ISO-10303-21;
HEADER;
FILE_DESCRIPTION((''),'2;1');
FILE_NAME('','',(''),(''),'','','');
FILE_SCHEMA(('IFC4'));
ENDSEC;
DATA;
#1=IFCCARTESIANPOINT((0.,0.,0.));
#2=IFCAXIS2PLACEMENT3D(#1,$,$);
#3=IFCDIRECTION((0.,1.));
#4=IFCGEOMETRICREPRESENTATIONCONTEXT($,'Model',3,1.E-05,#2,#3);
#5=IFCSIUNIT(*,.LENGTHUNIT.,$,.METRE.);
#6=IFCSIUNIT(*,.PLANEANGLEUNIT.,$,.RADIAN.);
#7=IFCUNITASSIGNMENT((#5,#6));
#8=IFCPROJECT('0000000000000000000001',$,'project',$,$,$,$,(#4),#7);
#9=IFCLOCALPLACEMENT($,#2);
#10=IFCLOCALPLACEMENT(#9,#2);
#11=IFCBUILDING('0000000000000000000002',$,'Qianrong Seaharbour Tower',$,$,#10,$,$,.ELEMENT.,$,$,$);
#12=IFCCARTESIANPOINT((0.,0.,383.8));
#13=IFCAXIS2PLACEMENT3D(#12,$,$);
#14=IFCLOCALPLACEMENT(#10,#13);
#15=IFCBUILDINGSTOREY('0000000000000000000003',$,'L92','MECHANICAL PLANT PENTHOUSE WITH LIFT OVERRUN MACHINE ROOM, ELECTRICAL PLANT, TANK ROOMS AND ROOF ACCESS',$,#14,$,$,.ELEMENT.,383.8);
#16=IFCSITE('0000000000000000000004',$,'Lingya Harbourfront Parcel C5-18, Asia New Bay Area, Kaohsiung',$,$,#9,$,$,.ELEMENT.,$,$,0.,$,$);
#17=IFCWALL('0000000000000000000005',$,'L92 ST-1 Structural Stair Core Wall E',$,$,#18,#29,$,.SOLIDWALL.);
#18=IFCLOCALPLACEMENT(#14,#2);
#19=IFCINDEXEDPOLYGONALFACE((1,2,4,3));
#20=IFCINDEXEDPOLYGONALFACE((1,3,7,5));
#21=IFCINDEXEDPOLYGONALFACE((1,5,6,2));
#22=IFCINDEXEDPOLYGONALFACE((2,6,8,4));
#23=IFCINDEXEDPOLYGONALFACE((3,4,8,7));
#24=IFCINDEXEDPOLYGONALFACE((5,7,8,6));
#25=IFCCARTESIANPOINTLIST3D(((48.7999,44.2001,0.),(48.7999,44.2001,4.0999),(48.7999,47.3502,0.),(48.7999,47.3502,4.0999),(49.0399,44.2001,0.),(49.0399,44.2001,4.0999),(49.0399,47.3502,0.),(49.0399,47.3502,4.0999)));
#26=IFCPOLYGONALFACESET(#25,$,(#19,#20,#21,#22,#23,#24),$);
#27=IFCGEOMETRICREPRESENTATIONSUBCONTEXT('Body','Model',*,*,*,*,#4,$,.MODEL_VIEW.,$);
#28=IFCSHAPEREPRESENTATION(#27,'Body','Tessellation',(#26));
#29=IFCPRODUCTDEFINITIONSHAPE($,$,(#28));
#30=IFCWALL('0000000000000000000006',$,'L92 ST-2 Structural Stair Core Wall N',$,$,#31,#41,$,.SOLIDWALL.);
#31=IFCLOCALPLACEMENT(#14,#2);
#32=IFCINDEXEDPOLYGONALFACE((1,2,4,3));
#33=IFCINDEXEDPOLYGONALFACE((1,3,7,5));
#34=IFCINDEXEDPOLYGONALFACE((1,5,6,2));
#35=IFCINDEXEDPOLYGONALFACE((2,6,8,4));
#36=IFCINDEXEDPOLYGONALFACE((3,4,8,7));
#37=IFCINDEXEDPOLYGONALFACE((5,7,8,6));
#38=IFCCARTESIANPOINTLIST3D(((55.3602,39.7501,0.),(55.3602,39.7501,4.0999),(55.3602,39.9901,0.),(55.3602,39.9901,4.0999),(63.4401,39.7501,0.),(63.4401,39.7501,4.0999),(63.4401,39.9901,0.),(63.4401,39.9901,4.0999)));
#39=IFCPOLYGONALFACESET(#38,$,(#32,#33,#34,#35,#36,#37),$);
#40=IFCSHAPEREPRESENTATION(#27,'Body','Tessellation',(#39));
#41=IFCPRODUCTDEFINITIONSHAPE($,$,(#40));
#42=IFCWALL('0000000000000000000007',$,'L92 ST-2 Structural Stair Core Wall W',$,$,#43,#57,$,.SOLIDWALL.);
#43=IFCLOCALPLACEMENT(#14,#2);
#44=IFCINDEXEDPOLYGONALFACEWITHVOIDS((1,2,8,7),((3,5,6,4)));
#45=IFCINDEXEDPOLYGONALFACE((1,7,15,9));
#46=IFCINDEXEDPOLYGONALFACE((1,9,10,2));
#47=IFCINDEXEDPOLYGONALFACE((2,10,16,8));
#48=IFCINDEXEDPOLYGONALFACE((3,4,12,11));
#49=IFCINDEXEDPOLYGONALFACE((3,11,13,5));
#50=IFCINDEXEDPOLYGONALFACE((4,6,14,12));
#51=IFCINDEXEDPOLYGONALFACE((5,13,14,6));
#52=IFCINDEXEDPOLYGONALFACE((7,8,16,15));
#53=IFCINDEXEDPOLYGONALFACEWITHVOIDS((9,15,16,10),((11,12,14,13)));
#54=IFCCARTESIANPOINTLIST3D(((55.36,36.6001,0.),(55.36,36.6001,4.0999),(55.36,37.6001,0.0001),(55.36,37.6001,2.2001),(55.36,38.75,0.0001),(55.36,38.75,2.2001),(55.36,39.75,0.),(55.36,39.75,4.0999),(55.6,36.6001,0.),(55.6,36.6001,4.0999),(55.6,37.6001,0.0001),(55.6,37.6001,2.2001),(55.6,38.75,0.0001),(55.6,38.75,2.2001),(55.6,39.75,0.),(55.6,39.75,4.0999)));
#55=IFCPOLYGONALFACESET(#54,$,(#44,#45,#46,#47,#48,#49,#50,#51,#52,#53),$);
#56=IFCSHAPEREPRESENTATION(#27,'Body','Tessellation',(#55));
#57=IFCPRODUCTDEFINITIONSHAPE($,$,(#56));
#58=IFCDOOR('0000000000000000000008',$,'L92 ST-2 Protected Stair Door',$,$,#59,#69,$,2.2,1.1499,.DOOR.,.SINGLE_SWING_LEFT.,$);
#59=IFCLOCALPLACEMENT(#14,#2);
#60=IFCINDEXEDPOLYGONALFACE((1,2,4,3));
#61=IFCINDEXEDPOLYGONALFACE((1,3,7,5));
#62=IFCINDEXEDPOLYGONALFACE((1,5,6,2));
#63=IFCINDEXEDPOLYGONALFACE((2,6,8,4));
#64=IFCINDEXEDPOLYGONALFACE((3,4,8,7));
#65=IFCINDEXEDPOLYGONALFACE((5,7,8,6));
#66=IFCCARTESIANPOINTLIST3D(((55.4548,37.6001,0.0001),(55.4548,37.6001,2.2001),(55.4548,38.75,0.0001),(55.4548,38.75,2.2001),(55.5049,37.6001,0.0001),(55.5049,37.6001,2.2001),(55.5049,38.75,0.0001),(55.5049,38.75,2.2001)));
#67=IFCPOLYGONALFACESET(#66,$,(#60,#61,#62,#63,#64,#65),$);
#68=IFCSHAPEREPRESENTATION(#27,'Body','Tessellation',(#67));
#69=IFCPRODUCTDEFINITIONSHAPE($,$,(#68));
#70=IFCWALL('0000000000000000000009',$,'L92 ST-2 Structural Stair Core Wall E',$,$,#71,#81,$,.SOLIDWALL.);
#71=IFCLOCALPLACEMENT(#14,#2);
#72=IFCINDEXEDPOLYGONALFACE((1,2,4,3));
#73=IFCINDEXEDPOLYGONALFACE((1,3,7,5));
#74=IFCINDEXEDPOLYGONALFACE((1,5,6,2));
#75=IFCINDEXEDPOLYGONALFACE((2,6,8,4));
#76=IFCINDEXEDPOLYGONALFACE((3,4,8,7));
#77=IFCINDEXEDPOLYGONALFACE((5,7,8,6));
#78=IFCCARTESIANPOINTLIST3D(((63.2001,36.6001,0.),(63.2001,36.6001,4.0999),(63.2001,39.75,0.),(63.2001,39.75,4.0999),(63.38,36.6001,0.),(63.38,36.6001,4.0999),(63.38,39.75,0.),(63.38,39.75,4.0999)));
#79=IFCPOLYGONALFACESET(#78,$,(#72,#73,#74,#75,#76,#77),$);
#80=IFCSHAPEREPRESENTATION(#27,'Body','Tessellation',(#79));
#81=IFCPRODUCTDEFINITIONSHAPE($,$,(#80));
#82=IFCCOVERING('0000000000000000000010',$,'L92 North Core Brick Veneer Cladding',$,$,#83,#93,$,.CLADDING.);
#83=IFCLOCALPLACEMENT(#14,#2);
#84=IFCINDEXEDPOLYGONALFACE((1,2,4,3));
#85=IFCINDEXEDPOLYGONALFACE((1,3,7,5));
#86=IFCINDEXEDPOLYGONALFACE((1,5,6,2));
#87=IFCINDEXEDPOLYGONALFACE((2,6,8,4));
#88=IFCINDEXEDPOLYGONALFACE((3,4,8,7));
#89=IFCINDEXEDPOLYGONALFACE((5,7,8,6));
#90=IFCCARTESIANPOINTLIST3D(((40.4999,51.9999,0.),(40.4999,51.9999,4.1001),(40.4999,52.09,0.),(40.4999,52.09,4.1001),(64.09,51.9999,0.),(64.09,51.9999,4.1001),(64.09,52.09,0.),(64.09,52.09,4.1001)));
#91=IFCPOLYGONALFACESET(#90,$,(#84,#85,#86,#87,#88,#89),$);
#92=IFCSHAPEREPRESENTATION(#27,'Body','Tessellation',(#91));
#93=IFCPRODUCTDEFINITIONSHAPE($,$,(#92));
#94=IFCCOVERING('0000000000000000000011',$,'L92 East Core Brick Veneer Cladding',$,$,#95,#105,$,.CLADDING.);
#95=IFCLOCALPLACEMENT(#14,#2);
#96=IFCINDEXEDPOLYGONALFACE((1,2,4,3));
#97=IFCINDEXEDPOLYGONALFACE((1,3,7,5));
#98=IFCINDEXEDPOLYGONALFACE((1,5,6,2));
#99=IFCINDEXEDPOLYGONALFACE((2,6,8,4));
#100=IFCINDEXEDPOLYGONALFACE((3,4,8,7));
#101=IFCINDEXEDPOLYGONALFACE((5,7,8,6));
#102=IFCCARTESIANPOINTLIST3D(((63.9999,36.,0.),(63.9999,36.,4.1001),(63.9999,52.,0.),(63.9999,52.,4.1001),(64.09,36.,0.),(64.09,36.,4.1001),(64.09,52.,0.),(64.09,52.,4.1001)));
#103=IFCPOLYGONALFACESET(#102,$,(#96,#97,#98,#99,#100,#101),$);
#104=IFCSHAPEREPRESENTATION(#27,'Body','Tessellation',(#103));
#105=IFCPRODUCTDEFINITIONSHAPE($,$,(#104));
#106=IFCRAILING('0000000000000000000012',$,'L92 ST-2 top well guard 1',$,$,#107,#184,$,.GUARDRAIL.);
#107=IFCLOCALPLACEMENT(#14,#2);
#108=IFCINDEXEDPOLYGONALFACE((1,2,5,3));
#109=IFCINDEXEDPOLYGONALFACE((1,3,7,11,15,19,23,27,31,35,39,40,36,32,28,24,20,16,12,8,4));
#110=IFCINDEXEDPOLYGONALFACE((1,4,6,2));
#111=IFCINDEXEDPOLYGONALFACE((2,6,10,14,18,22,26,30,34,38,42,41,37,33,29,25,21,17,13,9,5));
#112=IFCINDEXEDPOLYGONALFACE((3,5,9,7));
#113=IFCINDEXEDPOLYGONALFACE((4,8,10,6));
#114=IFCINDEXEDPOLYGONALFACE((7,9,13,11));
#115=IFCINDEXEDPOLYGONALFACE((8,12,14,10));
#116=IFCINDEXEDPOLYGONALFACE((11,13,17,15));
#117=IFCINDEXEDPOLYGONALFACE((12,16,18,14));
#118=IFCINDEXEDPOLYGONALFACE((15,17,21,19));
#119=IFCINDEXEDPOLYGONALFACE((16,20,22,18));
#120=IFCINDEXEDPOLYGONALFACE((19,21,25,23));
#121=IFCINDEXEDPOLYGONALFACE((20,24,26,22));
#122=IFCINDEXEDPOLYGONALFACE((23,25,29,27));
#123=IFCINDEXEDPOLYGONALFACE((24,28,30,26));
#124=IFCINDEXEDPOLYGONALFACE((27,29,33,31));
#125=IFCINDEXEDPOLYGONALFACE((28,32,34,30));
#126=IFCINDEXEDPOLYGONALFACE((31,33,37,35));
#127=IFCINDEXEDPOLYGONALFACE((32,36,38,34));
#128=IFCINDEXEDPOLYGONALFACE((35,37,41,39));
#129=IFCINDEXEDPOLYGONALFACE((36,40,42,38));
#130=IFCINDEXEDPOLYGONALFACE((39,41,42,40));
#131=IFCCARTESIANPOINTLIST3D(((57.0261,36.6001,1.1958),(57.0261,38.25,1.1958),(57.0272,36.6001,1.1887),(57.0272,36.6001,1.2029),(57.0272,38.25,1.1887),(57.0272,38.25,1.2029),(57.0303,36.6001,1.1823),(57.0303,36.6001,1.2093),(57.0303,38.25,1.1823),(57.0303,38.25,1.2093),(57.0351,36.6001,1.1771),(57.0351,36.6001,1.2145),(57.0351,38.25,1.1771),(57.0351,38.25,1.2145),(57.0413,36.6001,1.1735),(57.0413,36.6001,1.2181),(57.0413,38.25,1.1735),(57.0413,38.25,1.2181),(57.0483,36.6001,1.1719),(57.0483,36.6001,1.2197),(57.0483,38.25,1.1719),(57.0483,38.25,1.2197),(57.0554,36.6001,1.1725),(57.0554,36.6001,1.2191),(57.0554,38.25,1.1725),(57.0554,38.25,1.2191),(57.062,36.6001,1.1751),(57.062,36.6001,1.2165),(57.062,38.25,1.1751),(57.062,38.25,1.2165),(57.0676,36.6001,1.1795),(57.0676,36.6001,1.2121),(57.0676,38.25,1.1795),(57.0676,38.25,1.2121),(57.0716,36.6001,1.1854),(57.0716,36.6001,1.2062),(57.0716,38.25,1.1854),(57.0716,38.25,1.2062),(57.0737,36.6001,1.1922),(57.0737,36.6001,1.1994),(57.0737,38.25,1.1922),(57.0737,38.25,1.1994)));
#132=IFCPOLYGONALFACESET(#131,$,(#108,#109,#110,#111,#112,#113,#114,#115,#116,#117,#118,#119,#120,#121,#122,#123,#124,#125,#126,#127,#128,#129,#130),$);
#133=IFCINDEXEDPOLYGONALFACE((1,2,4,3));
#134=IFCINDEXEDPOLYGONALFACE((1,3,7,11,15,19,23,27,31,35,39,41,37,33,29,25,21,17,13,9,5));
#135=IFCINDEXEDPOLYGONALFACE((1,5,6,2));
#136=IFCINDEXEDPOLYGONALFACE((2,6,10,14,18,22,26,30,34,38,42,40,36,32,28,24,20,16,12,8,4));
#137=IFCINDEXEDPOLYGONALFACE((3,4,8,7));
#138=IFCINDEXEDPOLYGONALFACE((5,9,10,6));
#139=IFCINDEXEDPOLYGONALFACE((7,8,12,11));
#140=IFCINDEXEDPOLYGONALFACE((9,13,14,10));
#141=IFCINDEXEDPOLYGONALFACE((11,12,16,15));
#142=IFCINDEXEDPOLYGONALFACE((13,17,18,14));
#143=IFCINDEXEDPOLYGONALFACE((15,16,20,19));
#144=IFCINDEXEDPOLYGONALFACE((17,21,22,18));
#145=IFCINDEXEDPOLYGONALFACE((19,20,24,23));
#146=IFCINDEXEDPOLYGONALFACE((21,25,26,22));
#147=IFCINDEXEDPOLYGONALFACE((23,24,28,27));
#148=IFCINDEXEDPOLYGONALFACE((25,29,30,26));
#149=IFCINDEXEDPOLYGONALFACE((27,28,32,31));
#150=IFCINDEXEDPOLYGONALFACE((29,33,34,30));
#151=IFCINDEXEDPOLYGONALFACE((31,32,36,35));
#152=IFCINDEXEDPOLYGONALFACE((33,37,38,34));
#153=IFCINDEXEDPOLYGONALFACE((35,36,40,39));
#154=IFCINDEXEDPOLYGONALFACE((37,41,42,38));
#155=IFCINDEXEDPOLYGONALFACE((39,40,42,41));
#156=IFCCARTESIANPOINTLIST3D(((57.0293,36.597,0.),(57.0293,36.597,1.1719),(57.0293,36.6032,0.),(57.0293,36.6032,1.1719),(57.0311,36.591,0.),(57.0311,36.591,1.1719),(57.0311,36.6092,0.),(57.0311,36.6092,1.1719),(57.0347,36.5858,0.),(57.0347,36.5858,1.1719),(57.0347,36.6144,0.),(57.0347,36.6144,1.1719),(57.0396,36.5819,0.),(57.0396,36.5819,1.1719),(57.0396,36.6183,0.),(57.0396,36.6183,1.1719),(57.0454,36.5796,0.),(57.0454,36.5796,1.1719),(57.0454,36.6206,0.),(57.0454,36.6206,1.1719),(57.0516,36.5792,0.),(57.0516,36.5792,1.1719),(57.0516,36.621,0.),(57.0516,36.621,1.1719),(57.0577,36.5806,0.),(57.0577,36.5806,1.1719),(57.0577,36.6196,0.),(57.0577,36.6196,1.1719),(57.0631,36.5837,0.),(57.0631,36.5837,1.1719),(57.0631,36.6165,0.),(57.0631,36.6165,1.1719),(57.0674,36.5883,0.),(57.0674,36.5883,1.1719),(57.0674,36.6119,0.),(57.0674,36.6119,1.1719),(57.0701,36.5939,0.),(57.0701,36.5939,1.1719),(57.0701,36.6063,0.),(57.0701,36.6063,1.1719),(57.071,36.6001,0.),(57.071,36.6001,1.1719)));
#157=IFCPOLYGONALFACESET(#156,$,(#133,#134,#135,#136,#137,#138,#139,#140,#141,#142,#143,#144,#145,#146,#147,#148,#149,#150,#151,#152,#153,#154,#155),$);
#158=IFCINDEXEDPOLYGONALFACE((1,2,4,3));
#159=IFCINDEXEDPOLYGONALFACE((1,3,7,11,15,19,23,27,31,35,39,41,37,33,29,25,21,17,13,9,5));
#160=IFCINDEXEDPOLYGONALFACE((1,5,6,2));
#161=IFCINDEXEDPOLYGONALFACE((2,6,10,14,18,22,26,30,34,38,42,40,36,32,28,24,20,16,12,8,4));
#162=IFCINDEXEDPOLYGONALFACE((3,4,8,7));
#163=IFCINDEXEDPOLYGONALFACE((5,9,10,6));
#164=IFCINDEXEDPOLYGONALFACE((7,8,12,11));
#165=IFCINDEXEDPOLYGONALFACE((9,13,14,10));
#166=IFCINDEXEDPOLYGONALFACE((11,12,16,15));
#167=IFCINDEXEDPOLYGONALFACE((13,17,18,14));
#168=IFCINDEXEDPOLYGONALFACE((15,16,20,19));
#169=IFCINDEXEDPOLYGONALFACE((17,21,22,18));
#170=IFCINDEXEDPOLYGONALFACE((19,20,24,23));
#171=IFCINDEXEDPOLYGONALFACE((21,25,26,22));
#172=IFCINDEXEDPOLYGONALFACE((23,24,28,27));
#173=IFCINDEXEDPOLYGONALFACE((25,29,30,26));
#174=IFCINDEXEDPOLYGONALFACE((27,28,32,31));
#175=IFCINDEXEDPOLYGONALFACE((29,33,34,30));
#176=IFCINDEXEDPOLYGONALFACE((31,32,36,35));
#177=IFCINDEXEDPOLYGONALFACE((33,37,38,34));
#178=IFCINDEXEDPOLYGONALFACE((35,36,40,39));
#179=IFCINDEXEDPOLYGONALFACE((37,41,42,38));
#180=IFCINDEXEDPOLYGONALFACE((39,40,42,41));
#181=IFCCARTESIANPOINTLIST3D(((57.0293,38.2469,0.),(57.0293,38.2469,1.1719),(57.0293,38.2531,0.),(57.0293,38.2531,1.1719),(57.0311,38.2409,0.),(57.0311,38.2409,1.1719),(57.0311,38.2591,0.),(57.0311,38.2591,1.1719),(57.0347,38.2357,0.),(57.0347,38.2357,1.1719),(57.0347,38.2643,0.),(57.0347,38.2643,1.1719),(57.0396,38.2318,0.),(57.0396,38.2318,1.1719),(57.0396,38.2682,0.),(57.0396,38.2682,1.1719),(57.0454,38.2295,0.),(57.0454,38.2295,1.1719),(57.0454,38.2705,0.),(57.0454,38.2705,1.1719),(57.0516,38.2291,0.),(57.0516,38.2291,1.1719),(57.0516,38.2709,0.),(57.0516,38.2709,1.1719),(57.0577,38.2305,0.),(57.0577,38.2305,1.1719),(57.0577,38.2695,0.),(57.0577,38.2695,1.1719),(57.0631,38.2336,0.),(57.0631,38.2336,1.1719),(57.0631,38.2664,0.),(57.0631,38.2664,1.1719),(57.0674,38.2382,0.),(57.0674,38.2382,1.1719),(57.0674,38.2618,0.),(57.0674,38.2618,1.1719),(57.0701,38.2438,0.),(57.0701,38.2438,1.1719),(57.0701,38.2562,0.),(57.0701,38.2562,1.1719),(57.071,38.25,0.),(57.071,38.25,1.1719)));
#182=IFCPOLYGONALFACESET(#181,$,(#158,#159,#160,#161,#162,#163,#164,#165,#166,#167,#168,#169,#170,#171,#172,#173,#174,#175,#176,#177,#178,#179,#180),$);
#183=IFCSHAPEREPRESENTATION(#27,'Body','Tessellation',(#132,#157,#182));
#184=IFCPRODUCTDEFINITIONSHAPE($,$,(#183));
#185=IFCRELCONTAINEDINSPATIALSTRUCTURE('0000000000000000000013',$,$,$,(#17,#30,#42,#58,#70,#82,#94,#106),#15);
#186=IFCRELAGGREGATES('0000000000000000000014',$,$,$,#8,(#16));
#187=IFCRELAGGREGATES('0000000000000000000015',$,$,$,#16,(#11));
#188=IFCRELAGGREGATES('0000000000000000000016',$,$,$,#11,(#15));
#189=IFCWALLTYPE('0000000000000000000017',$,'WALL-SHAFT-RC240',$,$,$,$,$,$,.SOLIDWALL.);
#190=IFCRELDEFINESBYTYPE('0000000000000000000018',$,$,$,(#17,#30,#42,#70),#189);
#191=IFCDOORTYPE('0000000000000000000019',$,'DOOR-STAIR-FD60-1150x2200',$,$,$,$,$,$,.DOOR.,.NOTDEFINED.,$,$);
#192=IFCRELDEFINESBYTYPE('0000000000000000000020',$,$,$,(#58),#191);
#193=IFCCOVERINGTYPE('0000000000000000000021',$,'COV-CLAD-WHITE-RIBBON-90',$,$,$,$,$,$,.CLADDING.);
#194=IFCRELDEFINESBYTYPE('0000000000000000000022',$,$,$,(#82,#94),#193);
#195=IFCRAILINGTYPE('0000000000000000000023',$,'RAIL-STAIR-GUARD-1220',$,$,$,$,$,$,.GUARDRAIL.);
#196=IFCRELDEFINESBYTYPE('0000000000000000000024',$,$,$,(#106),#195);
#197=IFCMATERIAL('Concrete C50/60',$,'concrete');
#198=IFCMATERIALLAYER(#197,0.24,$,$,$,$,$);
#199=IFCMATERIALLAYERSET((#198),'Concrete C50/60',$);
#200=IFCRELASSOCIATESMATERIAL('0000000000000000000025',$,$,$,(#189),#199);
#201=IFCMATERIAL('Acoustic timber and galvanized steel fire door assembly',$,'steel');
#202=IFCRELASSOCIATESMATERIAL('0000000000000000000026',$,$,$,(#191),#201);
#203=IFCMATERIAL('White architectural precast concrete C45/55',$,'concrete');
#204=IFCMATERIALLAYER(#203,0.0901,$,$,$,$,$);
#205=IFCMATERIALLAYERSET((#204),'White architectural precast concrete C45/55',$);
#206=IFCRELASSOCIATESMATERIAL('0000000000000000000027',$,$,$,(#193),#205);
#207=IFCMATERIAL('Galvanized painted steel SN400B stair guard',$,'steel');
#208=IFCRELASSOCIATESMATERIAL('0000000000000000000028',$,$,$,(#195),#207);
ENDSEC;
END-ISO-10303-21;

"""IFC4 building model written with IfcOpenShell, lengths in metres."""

from ifc_helpers import new_model, si_unit, direction, frame, frame_2d, origin, origin_2d, place, context, subcontext, project, spatial, rectangle, circle, extrude, material, layer, layer_set, type_object, element, fill, save


model = new_model("IFC4")

# Units and contexts
model_context = context("Model", 3, precision=1e-05, world=origin(), true_north=direction((0.0, 1.0)))
body_context = subcontext(model_context, "Body", "Model", "MODEL_VIEW")
ifc_project = project(units=[si_unit("LENGTHUNIT", "METRE"), si_unit("PLANEANGLEUNIT", "RADIAN")], contexts=[model_context])

# Site, building, storey
site_placement = place(None, origin())
site = spatial("IfcSite", under=ifc_project, at=site_placement, Name="Lingya Harbourfront Parcel C5-18, Asia New Bay Area, Kaohsiung", CompositionType="ELEMENT", RefElevation=0.0)
building_placement = place(site_placement, origin())
building = spatial("IfcBuilding", under=site, at=building_placement, Name="Qianrong Seaharbour Tower", CompositionType="ELEMENT")
storey_placement = place(building_placement, frame((0.0, 0.0, 383.8)))
storey = spatial("IfcBuildingStorey", under=building, at=storey_placement, Name="L92", Description="MECHANICAL PLANT PENTHOUSE WITH LIFT OVERRUN MACHINE ROOM, ELECTRICAL PLANT, TANK ROOMS AND ROOF ACCESS", CompositionType="ELEMENT", Elevation=383.8)

# Shared definitions
ifc_material_1 = material(Name="Concrete C50/60", Category="concrete")

# Shared definitions
ifc_material_2 = material(Name="Acoustic timber and galvanized steel fire door assembly", Category="steel")

# Walls
ifc_layer_1 = layer(ifc_material_1, 0.24)
ifc_layer_set_1 = layer_set([ifc_layer_1], Name="Concrete C50/60")
wall_type_1 = type_object("IfcWallType", Name="WALL-SHAFT-RC240", PredefinedType="SOLIDWALL", material=ifc_layer_set_1)
wall_1_placement = place(storey_placement, frame((48.9199, 44.2, 0.0), z_axis=(0.0, 0.0, 1.0), x_axis=(0.0, 1.0, 0.0)))
element("IfcWall", 1, at=wall_1_placement, inside=storey, type_object=wall_type_1, Name="L92 ST-1 Structural Stair Core Wall E", PredefinedType="SOLIDWALL", context=body_context, shape_type="SweptSolid", body=[
    extrude(rectangle(XDim=3.1501, YDim=0.24, at=frame_2d((1.5752, 0.0))), origin(), (0.0, 0.0, 1.0), 4.0999),
])
wall_2_placement = place(storey_placement, frame((55.3601, 39.8701, 0.0), z_axis=(0.0, 0.0, 1.0), x_axis=(1.0, 0.0, 0.0)))
element("IfcWall", 2, at=wall_2_placement, inside=storey, type_object=wall_type_1, Name="L92 ST-2 Structural Stair Core Wall N", PredefinedType="SOLIDWALL", context=body_context, shape_type="SweptSolid", body=[
    extrude(rectangle(XDim=8.0798, YDim=0.24, at=frame_2d((4.04, 0.0))), origin(), (0.0, 0.0, 1.0), 4.0999),
])

# Wall, opening, door
wall_3_placement = place(storey_placement, frame((55.48, 39.75, 0.0), z_axis=(0.0, 0.0, 1.0), x_axis=(0.0, -1.0, 0.0)))
wall_3 = element("IfcWall", 3, at=wall_3_placement, inside=storey, type_object=wall_type_1, Name="L92 ST-2 Structural Stair Core Wall W", PredefinedType="SOLIDWALL", context=body_context, shape_type="SweptSolid", body=[
    extrude(rectangle(XDim=3.1499, YDim=0.24, at=frame_2d((1.575, 0.0))), origin(), (0.0, 0.0, 1.0), 4.0999),
])
opening_1_placement = place(wall_3_placement, frame((1.0, 0.0, 0.0)))
opening_1 = element("IfcOpeningElement", 4, at=opening_1_placement, cuts=wall_3, PredefinedType="OPENING", context=body_context, shape_type="SweptSolid", body=[
    extrude(rectangle(XDim=1.1499, YDim=2.2, at=frame_2d((0.575, 1.1001))), frame((0.0, 0.1299, 0.0), z_axis=(0.0, -1.0, 0.0), x_axis=(1.0, 0.0, 0.0)), (0.0, 0.0, 1.0), 0.26),
])
door_type_1 = type_object("IfcDoorType", Name="DOOR-STAIR-FD60-1150x2200", OperationType="NOTDEFINED", PredefinedType="DOOR", material=ifc_material_2)
door_1_placement = place(opening_1_placement, origin())
door_1 = element("IfcDoor", 5, at=door_1_placement, inside=storey, type_object=door_type_1, Name="L92 ST-2 Protected Stair Door", OperationType="SINGLE_SWING_LEFT", OverallHeight=2.2, OverallWidth=1.1499, PredefinedType="DOOR", context=body_context, shape_type="SweptSolid", body=[
    extrude(rectangle(XDim=1.1499, YDim=2.2, at=frame_2d((0.575, 1.1001))), frame((0.0, 0.0249, 0.0), z_axis=(0.0, -1.0, 0.0), x_axis=(1.0, 0.0, 0.0)), (0.0, 0.0, 1.0), 0.05),
])
fill(opening_1, door_1)

# Wall
wall_4_placement = place(storey_placement, frame((63.29, 36.6001, 0.0), z_axis=(0.0, 0.0, 1.0), x_axis=(0.0, 1.0, 0.0)))
element("IfcWall", 6, at=wall_4_placement, inside=storey, type_object=wall_type_1, Name="L92 ST-2 Structural Stair Core Wall E", PredefinedType="SOLIDWALL", context=body_context, shape_type="SweptSolid", body=[
    extrude(rectangle(XDim=3.1499, YDim=0.1799, at=frame_2d((1.575, 0.0))), origin(), (0.0, 0.0, 1.0), 4.0999),
])

# Coverings
ifc_material_3 = material(Name="White architectural precast concrete C45/55", Category="concrete")
ifc_layer_2 = layer(ifc_material_3, 0.0901)
ifc_layer_set_2 = layer_set([ifc_layer_2], Name="White architectural precast concrete C45/55")
covering_type = type_object("IfcCoveringType", Name="COV-CLAD-WHITE-RIBBON-90", PredefinedType="CLADDING", material=ifc_layer_set_2)
covering_1_placement = place(storey_placement, frame((52.2949, 52.0449, 0.0), z_axis=(0.0, 0.0, 1.0), x_axis=(1.0, 0.0, 0.0)))
element("IfcCovering", 7, at=covering_1_placement, inside=storey, type_object=covering_type, Name="L92 North Core Brick Veneer Cladding", PredefinedType="CLADDING", context=body_context, shape_type="SweptSolid", body=[
    extrude(rectangle(XDim=23.5901, YDim=0.0901, at=origin_2d()), origin(), (0.0, 0.0, 1.0), 4.1001),
])
covering_2_placement = place(storey_placement, frame((64.0449, 44.0, 0.0), z_axis=(0.0, 0.0, 1.0), x_axis=(1.0, 0.0, 0.0)))
element("IfcCovering", 8, at=covering_2_placement, inside=storey, type_object=covering_type, Name="L92 East Core Brick Veneer Cladding", PredefinedType="CLADDING", context=body_context, shape_type="SweptSolid", body=[
    extrude(rectangle(XDim=0.0901, YDim=16.0, at=origin_2d()), origin(), (0.0, 0.0, 1.0), 4.1001),
])

# Railing
ifc_material_4 = material(Name="Galvanized painted steel SN400B stair guard", Category="steel")
railing_type = type_object("IfcRailingType", Name="RAIL-STAIR-GUARD-1220", PredefinedType="GUARDRAIL", material=ifc_material_4)
railing_placement = place(storey_placement, frame((57.05, 36.6001, 0.0)))
element("IfcRailing", 9, at=railing_placement, inside=storey, type_object=railing_type, Name="L92 ST-2 top well guard 1", PredefinedType="GUARDRAIL", context=body_context, shape_type="SweptSolid", body=[
    extrude(circle(Radius=0.0239, at=origin_2d()), frame((0.0, 0.0, 1.1958), z_axis=(0.0, 1.0, 0.0), x_axis=(-1.0, 0.0, 0.0)), (0.0, 0.0, 1.0), 1.6499),
    extrude(circle(Radius=0.021, at=origin_2d()), origin(), (0.0, 0.0, 1.0), 1.1719),
    extrude(circle(Radius=0.021, at=origin_2d()), frame((0.0, 1.6499, 0.0)), (0.0, 0.0, 1.0), 1.1719),
])

save(model, "model.ifc")
